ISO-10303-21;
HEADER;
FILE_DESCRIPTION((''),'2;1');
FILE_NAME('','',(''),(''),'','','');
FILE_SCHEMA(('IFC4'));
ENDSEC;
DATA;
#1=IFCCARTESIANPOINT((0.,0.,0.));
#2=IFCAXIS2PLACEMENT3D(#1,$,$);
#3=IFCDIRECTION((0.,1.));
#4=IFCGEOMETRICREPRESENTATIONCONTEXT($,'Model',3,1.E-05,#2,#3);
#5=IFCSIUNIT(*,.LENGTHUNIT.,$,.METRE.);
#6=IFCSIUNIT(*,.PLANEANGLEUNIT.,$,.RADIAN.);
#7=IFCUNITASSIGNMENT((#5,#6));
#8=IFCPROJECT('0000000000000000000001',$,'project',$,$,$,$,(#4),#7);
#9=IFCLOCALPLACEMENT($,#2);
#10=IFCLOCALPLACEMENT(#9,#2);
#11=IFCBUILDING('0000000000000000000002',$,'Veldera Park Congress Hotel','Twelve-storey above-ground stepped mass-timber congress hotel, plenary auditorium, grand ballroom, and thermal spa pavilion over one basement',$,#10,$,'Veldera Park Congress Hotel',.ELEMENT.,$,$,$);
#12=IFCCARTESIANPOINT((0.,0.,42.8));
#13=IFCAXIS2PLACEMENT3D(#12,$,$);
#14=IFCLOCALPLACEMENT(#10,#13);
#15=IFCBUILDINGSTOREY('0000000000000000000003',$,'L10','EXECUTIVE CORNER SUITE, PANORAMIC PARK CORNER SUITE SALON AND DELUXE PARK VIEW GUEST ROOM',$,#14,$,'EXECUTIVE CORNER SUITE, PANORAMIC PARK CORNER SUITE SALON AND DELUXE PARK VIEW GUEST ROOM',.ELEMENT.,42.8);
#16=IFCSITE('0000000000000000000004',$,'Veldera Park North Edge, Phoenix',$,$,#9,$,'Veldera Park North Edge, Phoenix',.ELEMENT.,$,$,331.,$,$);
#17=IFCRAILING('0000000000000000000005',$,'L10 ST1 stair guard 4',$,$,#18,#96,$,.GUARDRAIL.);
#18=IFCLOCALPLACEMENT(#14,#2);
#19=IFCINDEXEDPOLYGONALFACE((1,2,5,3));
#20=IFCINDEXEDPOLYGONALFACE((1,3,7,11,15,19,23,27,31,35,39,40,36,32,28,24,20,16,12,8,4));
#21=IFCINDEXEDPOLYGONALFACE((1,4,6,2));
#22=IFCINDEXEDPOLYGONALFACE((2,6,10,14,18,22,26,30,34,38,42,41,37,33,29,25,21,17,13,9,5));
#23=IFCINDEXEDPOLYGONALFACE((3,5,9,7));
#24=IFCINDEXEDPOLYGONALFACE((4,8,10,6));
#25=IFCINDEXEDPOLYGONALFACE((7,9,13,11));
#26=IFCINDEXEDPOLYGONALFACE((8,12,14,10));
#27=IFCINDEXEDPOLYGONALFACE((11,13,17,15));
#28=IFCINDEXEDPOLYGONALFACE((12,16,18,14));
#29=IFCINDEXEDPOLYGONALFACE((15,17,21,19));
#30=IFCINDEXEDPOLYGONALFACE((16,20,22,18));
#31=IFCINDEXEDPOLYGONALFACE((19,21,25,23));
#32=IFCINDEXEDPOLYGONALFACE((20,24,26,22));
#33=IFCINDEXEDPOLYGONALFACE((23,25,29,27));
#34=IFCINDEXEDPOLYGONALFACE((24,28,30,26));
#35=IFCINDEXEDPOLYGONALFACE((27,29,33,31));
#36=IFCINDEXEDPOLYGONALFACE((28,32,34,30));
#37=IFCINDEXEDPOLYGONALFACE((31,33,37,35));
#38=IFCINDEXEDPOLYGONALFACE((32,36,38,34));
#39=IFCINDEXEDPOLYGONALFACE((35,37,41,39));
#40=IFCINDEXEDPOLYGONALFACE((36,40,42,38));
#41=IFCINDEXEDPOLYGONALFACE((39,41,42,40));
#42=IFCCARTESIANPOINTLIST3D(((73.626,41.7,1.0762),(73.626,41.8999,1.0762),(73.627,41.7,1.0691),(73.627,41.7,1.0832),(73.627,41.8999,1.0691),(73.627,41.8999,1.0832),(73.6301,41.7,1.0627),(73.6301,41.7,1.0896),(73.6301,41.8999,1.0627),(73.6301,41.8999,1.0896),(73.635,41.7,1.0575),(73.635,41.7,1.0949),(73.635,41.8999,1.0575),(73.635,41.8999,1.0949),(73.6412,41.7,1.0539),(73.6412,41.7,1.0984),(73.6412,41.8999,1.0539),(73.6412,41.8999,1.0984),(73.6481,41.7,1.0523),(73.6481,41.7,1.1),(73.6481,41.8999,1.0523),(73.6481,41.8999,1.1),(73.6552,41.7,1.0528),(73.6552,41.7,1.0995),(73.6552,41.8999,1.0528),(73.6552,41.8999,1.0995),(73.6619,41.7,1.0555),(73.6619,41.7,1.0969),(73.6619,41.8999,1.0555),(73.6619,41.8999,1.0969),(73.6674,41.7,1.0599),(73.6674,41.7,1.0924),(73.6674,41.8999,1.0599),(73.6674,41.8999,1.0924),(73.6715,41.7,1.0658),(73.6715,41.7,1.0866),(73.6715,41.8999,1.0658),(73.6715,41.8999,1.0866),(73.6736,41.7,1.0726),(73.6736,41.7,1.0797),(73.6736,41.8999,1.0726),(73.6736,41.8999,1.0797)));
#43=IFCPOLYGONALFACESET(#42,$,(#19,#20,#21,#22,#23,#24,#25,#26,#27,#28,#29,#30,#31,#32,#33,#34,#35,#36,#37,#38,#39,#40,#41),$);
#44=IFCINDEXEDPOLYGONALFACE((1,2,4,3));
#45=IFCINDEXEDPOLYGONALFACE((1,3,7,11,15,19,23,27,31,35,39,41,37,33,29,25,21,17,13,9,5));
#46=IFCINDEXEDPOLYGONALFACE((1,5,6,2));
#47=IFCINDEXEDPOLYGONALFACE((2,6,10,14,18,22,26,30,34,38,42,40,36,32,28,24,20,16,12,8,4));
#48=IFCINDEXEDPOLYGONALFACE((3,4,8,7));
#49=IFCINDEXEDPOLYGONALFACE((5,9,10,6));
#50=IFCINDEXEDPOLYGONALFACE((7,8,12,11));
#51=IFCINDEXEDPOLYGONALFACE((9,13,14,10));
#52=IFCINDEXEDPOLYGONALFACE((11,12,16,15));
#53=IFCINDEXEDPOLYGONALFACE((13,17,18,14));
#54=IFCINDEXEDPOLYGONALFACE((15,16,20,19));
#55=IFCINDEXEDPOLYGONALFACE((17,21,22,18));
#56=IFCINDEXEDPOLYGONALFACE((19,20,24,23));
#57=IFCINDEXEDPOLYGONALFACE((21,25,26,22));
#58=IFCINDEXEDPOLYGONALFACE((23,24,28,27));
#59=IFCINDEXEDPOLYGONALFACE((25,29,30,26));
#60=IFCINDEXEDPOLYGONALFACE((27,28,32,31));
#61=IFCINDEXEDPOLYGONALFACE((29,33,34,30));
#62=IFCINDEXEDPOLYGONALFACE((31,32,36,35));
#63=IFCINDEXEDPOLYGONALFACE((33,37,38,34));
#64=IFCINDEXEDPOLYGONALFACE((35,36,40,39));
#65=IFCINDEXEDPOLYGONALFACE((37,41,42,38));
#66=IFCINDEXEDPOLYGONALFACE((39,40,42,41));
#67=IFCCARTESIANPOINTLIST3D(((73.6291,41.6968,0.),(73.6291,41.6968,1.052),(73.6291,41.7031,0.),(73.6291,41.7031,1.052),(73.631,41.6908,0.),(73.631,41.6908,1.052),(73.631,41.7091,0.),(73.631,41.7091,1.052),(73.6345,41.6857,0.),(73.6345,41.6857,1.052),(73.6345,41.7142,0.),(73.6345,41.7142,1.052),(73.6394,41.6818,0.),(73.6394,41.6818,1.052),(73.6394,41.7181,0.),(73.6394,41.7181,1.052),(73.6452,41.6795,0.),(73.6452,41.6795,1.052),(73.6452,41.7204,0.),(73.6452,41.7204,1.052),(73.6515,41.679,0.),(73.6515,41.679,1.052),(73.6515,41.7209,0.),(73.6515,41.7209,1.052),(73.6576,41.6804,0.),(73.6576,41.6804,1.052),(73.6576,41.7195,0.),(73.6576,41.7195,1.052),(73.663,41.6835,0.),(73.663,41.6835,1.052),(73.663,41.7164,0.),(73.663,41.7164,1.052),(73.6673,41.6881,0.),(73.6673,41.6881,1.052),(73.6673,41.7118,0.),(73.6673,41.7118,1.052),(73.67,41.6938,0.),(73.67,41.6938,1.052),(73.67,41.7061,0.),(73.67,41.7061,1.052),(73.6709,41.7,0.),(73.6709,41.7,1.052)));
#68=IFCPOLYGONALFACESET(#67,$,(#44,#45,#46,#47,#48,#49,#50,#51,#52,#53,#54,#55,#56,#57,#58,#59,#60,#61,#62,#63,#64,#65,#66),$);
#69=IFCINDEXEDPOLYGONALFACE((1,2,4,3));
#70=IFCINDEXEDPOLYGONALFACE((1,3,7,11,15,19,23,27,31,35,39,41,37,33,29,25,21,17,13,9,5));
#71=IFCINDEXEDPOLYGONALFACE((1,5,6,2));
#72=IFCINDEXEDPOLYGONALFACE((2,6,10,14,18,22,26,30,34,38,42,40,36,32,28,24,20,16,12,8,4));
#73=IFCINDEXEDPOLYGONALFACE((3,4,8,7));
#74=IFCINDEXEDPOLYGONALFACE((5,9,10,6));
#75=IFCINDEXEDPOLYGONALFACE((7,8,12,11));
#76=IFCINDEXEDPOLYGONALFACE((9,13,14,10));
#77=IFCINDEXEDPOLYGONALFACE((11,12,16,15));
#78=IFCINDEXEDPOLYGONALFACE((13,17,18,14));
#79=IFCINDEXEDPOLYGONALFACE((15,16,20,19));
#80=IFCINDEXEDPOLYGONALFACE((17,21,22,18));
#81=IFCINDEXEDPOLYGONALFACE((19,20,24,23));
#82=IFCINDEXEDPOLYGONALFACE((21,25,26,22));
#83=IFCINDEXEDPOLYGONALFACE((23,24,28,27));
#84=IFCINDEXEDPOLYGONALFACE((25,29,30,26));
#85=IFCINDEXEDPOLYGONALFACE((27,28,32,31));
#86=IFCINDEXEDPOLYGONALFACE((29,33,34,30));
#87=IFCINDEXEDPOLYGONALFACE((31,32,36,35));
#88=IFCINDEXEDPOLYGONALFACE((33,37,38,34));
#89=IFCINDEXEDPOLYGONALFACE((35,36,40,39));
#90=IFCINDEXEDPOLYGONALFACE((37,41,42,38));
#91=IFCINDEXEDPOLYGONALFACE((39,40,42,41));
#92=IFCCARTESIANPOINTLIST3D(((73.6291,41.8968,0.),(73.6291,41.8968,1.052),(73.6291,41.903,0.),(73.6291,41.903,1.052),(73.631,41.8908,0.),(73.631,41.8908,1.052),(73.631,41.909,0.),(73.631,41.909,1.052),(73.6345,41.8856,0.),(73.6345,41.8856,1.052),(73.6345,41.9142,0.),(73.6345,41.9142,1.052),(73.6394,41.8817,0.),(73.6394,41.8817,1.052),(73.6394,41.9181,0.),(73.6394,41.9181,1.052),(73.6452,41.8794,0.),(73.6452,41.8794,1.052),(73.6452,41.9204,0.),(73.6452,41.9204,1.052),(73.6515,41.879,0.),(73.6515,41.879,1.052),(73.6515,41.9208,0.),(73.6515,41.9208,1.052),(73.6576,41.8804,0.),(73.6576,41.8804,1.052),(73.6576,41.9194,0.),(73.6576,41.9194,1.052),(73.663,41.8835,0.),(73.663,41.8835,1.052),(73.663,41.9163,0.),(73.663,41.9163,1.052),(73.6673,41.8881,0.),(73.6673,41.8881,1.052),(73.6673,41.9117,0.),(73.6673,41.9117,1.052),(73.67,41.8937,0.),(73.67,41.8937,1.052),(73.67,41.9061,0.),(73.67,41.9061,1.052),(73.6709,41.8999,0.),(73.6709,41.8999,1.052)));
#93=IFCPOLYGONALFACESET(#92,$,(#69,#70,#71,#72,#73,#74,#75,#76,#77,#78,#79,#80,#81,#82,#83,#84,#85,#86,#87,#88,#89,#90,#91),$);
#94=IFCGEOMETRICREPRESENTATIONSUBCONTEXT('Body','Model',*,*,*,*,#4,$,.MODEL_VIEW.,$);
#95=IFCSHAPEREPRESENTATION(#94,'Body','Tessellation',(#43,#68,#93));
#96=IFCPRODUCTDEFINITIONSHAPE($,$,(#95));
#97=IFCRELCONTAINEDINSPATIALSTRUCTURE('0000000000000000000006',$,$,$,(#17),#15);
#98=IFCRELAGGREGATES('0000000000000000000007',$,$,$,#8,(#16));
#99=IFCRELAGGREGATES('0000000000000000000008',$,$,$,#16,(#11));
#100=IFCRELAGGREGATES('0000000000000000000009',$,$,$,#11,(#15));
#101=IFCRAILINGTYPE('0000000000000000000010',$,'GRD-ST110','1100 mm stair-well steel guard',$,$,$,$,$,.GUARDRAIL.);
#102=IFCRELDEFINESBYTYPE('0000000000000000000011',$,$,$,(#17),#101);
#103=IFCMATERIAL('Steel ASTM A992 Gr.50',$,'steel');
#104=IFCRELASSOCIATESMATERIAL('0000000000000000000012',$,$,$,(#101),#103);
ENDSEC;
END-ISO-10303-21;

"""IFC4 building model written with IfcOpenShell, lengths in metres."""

from ifc_helpers import new_model, si_unit, direction, frame, origin, origin_2d, place, context, subcontext, project, spatial, circle, extrude, material, type_object, element, save


model = new_model("IFC4")

# Units and contexts
model_context = context("Model", 3, precision=1e-05, world=origin(), true_north=direction((0.0, 1.0)))
body_context = subcontext(model_context, "Body", "Model", "MODEL_VIEW")
ifc_project = project(units=[si_unit("LENGTHUNIT", "METRE"), si_unit("PLANEANGLEUNIT", "RADIAN")], contexts=[model_context])

# Site, building, storey
site_placement = place(None, origin())
site = spatial("IfcSite", under=ifc_project, at=site_placement, Name="Veldera Park North Edge, Phoenix", LongName="Veldera Park North Edge, Phoenix", CompositionType="ELEMENT", RefElevation=331.0)
building_placement = place(site_placement, origin())
building = spatial("IfcBuilding", under=site, at=building_placement, Name="Veldera Park Congress Hotel", Description="Twelve-storey above-ground stepped mass-timber congress hotel, plenary auditorium, grand ballroom, and thermal spa pavilion over one basement", LongName="Veldera Park Congress Hotel", CompositionType="ELEMENT")
storey_placement = place(building_placement, frame((0.0, 0.0, 42.8)))
storey = spatial("IfcBuildingStorey", under=building, at=storey_placement, Name="L10", Description="EXECUTIVE CORNER SUITE, PANORAMIC PARK CORNER SUITE SALON AND DELUXE PARK VIEW GUEST ROOM", LongName="EXECUTIVE CORNER SUITE, PANORAMIC PARK CORNER SUITE SALON AND DELUXE PARK VIEW GUEST ROOM", CompositionType="ELEMENT", Elevation=42.8)

# Railing
ifc_material_1 = material(Name="Steel ASTM A992 Gr.50", Category="steel")
railing_type = type_object("IfcRailingType", Name="GRD-ST110", Description="1100 mm stair-well steel guard", PredefinedType="GUARDRAIL", material=ifc_material_1)
railing_1_placement = place(storey_placement, frame((73.6499, 41.7, 0.0)))
element("IfcRailing", 1, at=railing_1_placement, inside=storey, type_object=railing_type, Name="L10 ST1 stair guard 4", PredefinedType="GUARDRAIL", context=body_context, shape_type="SweptSolid", body=[
    extrude(circle(Radius=0.0239, at=origin_2d()), frame((0.0, 0.0, 1.0762), z_axis=(0.0, 1.0, 0.0), x_axis=(-1.0, 0.0, 0.0)), (0.0, 0.0, 1.0), 0.2),
    extrude(circle(Radius=0.021, at=origin_2d()), origin(), (0.0, 0.0, 1.0), 1.052),
    extrude(circle(Radius=0.021, at=origin_2d()), frame((0.0, 0.2, 0.0)), (0.0, 0.0, 1.0), 1.052),
])

save(model, "model.ifc")
